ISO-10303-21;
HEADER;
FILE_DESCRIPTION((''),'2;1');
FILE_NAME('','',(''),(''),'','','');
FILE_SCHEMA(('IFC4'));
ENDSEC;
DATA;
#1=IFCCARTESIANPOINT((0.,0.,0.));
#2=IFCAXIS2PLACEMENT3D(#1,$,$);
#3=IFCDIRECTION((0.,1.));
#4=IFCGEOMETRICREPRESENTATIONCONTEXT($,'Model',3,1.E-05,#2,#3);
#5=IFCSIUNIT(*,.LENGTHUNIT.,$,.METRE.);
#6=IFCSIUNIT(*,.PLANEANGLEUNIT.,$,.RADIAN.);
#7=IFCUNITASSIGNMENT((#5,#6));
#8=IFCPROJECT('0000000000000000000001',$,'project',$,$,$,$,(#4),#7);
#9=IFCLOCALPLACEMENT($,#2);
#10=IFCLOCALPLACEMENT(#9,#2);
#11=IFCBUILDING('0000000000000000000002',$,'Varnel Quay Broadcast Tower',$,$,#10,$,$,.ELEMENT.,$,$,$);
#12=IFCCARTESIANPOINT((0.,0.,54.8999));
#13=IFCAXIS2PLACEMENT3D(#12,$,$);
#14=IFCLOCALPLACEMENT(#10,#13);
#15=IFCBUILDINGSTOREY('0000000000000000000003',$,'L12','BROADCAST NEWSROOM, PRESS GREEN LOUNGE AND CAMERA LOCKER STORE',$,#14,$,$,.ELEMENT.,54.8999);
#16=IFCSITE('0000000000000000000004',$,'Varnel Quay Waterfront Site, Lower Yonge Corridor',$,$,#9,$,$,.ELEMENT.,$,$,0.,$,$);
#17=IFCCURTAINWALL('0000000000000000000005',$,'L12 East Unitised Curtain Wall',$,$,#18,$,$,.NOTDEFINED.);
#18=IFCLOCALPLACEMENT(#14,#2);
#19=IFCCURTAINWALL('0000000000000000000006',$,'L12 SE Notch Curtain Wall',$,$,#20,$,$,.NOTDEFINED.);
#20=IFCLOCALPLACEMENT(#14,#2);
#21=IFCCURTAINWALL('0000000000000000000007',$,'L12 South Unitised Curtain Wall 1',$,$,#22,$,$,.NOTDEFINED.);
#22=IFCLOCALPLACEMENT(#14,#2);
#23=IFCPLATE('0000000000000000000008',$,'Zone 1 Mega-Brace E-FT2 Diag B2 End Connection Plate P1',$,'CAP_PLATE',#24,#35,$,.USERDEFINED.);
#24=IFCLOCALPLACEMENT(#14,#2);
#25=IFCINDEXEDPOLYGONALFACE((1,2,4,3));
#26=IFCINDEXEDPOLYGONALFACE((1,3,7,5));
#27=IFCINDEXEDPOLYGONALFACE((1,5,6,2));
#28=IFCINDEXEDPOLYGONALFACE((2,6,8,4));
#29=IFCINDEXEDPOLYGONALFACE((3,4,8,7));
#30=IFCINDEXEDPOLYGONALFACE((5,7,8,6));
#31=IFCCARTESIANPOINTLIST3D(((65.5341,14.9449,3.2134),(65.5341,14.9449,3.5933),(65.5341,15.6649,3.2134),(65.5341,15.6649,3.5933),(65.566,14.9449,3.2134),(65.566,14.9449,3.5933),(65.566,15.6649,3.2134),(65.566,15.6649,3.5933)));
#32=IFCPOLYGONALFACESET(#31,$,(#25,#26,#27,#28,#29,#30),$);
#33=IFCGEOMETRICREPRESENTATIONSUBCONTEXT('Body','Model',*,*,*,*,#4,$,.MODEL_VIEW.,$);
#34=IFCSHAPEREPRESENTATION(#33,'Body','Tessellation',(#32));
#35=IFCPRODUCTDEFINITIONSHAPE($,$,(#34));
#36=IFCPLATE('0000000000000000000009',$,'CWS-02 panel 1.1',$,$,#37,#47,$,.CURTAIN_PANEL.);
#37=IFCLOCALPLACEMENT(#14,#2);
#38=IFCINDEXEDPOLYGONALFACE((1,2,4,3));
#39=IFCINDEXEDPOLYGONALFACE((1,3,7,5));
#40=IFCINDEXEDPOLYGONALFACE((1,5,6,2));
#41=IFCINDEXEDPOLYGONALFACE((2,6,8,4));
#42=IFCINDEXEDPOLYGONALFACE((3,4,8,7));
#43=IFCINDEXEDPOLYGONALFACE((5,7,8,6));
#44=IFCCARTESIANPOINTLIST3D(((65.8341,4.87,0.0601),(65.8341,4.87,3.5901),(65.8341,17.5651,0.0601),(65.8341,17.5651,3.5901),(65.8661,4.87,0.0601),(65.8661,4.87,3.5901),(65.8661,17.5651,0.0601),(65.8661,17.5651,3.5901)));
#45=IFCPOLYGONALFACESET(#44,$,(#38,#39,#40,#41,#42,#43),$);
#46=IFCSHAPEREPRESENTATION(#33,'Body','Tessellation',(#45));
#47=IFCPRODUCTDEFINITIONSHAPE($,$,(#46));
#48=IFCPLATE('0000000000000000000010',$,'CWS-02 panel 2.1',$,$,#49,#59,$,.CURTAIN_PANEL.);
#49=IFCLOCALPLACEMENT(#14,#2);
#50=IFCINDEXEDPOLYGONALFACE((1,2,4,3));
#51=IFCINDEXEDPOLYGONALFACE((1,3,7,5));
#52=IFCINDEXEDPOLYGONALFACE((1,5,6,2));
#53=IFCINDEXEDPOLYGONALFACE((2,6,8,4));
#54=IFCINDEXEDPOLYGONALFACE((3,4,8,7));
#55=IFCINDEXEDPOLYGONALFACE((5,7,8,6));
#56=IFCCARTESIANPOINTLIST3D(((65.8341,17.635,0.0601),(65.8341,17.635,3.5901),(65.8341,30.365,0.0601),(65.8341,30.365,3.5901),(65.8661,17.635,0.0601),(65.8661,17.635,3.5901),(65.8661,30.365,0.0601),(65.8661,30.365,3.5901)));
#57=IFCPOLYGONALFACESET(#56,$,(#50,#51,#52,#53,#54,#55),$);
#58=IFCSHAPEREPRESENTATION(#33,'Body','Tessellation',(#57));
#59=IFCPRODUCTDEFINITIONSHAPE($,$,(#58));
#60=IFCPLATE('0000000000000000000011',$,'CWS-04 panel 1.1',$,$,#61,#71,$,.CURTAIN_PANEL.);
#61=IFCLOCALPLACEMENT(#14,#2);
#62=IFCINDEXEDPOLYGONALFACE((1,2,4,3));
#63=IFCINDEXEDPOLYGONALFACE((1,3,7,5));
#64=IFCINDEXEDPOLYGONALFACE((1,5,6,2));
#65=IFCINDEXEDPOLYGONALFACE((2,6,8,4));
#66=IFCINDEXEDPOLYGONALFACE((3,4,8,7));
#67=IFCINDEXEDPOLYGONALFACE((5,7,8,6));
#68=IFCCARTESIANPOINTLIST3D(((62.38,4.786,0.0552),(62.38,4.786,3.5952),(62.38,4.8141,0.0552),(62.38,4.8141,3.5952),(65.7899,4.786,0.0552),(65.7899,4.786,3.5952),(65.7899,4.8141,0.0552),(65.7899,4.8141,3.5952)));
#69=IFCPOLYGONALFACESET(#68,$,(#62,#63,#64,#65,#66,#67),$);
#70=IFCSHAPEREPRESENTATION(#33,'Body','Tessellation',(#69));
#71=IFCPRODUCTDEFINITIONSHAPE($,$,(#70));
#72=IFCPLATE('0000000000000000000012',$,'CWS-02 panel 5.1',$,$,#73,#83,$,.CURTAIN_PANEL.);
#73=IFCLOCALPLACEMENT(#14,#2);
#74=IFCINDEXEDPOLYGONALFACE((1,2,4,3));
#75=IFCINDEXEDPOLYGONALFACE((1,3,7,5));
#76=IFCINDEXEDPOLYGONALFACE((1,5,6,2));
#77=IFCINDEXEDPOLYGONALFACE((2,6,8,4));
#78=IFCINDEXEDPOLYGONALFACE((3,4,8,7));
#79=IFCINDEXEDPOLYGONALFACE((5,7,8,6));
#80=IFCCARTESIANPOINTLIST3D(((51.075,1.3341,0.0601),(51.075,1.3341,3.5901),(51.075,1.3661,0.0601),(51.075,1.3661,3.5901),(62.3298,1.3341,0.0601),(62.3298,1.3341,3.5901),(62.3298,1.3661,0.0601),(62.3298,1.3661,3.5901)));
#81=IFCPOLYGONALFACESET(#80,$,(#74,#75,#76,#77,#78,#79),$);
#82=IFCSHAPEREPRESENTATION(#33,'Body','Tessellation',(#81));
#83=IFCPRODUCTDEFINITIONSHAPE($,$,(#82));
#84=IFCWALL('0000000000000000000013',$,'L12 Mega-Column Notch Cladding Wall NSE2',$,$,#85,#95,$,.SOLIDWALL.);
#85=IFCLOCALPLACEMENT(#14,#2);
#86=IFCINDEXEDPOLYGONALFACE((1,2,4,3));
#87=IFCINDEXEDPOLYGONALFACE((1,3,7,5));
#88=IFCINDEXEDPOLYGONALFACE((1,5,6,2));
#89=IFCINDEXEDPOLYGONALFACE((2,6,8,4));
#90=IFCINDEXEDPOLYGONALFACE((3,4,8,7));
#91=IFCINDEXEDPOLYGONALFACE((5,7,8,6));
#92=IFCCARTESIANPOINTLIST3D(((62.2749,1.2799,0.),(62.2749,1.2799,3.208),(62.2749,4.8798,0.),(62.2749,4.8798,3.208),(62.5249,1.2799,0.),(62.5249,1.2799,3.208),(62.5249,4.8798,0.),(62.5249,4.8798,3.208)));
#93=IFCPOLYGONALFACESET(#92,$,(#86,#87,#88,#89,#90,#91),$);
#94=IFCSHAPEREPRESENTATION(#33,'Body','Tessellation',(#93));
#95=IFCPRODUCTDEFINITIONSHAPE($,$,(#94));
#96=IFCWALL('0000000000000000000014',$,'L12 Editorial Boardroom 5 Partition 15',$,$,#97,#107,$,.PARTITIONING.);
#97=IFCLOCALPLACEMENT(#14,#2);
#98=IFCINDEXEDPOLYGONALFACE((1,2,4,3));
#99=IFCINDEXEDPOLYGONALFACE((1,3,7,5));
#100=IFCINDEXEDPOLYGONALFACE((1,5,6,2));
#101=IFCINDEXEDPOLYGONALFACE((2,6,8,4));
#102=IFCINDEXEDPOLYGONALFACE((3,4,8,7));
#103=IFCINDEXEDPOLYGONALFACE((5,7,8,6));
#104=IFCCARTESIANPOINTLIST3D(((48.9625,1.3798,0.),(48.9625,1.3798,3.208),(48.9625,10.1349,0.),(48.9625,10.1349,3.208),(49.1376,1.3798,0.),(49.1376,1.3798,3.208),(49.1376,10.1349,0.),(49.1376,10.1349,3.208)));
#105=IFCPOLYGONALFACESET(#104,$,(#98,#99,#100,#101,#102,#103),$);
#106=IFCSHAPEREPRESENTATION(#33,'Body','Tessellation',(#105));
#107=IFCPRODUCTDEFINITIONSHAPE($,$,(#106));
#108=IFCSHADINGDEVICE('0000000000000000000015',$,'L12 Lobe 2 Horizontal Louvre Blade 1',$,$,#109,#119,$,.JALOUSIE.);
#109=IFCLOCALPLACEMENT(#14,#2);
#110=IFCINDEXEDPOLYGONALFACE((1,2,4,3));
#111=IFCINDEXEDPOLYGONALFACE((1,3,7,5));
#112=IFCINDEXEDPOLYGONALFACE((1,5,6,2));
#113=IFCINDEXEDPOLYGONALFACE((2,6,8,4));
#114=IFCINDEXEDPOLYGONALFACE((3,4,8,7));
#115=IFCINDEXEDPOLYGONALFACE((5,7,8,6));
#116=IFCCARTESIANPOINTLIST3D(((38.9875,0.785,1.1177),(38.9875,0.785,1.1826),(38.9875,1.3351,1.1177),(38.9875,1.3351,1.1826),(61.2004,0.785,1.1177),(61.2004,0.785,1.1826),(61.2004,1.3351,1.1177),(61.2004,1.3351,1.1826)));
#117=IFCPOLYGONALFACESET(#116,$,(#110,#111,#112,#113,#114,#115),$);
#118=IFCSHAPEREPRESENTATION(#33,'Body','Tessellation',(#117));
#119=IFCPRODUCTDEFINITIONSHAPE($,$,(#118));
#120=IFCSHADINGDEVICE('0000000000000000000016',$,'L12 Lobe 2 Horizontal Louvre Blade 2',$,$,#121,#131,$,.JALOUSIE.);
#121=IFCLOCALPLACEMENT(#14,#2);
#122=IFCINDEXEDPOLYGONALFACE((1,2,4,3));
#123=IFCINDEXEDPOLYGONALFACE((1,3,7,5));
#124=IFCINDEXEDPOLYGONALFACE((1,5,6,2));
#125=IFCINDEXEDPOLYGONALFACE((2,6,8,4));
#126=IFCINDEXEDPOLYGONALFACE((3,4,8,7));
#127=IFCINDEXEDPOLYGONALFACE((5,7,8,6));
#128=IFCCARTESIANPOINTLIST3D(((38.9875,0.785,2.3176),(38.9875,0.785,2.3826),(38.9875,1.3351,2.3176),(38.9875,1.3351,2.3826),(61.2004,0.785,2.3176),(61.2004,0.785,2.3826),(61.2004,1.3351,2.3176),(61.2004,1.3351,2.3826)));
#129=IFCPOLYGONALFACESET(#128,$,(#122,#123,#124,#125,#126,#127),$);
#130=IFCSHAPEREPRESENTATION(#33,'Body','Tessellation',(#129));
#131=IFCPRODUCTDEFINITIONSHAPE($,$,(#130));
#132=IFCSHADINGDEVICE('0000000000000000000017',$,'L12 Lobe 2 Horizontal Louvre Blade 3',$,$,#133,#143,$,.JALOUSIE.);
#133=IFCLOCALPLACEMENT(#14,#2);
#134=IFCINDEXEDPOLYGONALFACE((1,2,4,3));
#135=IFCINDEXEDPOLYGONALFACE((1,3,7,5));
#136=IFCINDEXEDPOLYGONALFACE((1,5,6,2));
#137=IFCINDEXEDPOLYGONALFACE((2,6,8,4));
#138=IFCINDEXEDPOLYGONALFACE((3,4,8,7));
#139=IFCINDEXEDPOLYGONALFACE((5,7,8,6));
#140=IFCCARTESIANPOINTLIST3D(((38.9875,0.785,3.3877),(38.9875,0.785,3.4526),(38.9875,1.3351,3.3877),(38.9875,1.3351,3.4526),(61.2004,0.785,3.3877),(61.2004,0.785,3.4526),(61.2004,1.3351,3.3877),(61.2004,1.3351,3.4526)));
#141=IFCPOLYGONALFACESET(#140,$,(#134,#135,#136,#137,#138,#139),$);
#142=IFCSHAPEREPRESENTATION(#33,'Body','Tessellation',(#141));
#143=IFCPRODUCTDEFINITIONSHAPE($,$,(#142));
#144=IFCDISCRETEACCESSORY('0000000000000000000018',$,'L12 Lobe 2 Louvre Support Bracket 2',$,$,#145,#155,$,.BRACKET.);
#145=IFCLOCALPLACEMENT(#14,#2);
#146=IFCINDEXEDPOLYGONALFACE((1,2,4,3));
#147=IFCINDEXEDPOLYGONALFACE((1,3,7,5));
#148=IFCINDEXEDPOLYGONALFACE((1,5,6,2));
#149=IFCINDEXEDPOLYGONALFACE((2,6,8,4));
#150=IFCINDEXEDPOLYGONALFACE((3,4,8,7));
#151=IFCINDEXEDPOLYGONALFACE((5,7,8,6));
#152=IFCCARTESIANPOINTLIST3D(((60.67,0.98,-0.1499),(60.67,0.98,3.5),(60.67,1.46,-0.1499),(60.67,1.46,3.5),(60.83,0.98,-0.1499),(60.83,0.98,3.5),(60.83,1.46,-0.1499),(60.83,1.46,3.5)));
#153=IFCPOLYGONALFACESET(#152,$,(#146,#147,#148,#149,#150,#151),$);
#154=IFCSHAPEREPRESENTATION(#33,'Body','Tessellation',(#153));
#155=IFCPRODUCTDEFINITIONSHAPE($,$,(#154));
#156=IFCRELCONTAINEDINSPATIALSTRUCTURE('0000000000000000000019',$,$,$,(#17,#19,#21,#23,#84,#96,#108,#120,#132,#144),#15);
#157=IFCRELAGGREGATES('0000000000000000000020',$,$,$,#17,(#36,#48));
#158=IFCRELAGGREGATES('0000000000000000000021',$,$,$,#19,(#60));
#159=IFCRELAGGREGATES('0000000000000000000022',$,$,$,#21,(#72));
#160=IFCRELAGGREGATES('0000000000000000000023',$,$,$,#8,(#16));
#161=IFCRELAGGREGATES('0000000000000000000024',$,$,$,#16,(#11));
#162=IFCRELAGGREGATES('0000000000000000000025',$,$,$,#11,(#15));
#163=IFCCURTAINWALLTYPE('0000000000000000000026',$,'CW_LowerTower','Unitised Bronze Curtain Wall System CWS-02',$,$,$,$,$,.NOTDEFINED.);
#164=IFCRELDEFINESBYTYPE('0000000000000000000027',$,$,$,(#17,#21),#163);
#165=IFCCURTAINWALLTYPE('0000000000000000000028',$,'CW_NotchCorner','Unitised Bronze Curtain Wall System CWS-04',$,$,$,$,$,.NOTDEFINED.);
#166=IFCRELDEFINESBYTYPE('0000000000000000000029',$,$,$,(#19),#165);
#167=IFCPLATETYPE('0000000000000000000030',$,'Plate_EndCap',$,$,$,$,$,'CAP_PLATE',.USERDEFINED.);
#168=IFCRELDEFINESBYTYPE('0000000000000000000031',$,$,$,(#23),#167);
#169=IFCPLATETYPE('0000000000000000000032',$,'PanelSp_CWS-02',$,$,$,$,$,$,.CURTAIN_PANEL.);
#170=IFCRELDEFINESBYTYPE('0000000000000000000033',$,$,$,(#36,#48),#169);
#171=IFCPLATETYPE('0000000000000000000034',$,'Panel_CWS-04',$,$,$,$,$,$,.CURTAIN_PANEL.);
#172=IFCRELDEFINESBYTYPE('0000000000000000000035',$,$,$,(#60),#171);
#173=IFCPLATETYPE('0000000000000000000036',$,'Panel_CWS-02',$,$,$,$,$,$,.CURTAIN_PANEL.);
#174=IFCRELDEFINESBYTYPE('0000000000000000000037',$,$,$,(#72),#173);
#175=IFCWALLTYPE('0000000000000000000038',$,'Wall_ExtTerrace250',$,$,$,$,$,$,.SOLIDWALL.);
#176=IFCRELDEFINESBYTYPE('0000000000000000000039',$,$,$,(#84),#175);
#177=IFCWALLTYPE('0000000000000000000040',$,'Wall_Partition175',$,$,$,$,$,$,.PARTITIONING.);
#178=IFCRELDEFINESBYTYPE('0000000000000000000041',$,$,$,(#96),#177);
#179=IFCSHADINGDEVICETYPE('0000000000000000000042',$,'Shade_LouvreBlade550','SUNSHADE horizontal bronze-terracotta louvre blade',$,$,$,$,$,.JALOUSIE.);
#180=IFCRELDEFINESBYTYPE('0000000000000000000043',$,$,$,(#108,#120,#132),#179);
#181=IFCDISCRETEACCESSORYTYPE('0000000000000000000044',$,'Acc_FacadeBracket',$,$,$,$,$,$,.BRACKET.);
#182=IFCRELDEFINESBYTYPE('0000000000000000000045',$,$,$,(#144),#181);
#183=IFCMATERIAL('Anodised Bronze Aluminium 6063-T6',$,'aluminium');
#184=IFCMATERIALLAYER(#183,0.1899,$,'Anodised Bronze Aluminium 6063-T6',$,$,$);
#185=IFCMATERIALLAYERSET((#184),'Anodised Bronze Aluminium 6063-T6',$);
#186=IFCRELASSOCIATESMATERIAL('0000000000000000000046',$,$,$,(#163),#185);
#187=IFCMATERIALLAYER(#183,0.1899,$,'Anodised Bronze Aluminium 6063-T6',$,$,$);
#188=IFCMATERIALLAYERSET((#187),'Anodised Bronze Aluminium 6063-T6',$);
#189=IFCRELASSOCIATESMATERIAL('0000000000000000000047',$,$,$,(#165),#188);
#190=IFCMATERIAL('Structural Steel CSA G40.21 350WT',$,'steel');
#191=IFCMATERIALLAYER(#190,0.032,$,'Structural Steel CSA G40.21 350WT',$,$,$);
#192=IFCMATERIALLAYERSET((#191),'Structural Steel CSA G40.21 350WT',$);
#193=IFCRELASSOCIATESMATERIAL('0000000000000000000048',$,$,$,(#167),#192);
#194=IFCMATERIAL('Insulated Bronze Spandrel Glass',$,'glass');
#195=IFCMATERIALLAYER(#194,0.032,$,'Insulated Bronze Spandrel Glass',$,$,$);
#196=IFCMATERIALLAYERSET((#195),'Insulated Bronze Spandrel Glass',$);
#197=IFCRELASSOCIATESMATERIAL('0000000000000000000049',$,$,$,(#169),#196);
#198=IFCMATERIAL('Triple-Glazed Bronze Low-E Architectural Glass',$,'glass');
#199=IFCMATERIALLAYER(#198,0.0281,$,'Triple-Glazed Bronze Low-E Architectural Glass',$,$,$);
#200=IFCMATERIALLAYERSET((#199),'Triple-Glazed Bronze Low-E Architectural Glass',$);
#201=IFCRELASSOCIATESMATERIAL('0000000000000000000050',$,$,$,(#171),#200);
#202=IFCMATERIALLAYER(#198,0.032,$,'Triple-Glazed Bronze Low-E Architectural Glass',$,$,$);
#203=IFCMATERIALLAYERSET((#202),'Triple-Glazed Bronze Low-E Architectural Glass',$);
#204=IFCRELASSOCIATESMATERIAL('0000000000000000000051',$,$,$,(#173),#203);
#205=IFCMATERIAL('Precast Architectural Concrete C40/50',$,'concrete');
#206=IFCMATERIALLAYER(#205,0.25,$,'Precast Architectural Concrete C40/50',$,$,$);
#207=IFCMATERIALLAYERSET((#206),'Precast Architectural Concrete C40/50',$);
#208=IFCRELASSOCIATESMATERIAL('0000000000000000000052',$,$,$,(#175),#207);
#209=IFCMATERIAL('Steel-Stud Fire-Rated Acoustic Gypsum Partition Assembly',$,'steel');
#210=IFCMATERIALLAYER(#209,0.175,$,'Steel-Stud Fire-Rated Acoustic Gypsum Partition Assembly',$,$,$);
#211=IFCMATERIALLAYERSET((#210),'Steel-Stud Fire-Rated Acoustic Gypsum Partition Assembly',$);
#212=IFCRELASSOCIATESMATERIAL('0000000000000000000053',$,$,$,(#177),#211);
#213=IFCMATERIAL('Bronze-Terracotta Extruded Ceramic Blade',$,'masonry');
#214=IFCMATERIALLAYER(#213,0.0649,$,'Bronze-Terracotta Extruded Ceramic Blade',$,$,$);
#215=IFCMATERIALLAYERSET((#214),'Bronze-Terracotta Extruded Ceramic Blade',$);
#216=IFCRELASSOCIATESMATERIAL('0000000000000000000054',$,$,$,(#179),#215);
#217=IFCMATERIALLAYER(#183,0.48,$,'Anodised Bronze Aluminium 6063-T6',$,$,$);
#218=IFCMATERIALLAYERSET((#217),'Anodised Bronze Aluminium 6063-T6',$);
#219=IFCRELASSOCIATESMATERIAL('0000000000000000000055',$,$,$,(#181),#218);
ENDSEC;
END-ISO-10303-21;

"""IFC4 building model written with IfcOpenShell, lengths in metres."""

from ifc_helpers import new_model, si_unit, direction, frame, frame_2d, origin, origin_2d, place, context, subcontext, project, spatial, rectangle, extrude, source, transform, mapped, material, layer, layer_set, type_object, type_shapes, element, aggregate, save


model = new_model("IFC4")

# Units and contexts
model_context = context("Model", 3, precision=1e-05, world=origin(), true_north=direction((0.0, 1.0)))
body_context = subcontext(model_context, "Body", "Model", "MODEL_VIEW")
ifc_project = project(units=[si_unit("LENGTHUNIT", "METRE"), si_unit("PLANEANGLEUNIT", "RADIAN")], contexts=[model_context])

# Site, building, storey
site_placement = place(None, origin())
site = spatial("IfcSite", under=ifc_project, at=site_placement, Name="Varnel Quay Waterfront Site, Lower Yonge Corridor", CompositionType="ELEMENT", RefElevation=0.0)
building_placement = place(site_placement, origin())
building = spatial("IfcBuilding", under=site, at=building_placement, Name="Varnel Quay Broadcast Tower", CompositionType="ELEMENT")
storey_placement = place(building_placement, frame((0.0, 0.0, 54.8999)))
storey = spatial("IfcBuildingStorey", under=building, at=storey_placement, Name="L12", Description="BROADCAST NEWSROOM, PRESS GREEN LOUNGE AND CAMERA LOCKER STORE", CompositionType="ELEMENT", Elevation=54.8999)

# Shared definitions
ifc_material_1 = material(Name="Structural Steel CSA G40.21 350WT", Category="steel")

# Curtain walls
ifc_material_2 = material(Name="Anodised Bronze Aluminium 6063-T6", Category="aluminium")
ifc_layer_1 = layer(ifc_material_2, 0.1899, Name="Anodised Bronze Aluminium 6063-T6")
ifc_layer_set_1 = layer_set([ifc_layer_1], Name="Anodised Bronze Aluminium 6063-T6")
curtain_wall_type_1 = type_object("IfcCurtainWallType", Name="CW_LowerTower", Description="Unitised Bronze Curtain Wall System CWS-02", PredefinedType="NOTDEFINED", material=ifc_layer_set_1)
curtain_wall_1_placement = place(storey_placement, origin())
curtain_wall_1 = element("IfcCurtainWall", 1, at=curtain_wall_1_placement, inside=storey, type_object=curtain_wall_type_1, Name="L12 East Unitised Curtain Wall", PredefinedType="NOTDEFINED")
ifc_layer_2 = layer(ifc_material_2, 0.1899, Name="Anodised Bronze Aluminium 6063-T6")
ifc_layer_set_2 = layer_set([ifc_layer_2], Name="Anodised Bronze Aluminium 6063-T6")
curtain_wall_type_2 = type_object("IfcCurtainWallType", Name="CW_NotchCorner", Description="Unitised Bronze Curtain Wall System CWS-04", PredefinedType="NOTDEFINED", material=ifc_layer_set_2)
curtain_wall_2_placement = place(storey_placement, origin())
curtain_wall_2 = element("IfcCurtainWall", 2, at=curtain_wall_2_placement, inside=storey, type_object=curtain_wall_type_2, Name="L12 SE Notch Curtain Wall", PredefinedType="NOTDEFINED")
curtain_wall_3_placement = place(storey_placement, origin())
curtain_wall_3 = element("IfcCurtainWall", 3, at=curtain_wall_3_placement, inside=storey, type_object=curtain_wall_type_1, Name="L12 South Unitised Curtain Wall 1", PredefinedType="NOTDEFINED")

# Plates
ifc_layer_3 = layer(ifc_material_1, 0.032, Name="Structural Steel CSA G40.21 350WT")
ifc_layer_set_3 = layer_set([ifc_layer_3], Name="Structural Steel CSA G40.21 350WT")
plate_type_1 = type_object("IfcPlateType", Name="Plate_EndCap", ElementType="CAP_PLATE", PredefinedType="USERDEFINED", material=ifc_layer_set_3)
shared_shape_1 = source(origin(), body_context, "Body", "SweptSolid", [
    extrude(rectangle(XDim=0.72, YDim=0.032, at=origin_2d()), origin(), (0.0, 0.0, 1.0), 0.3799),
])
type_shapes(plate_type_1, [shared_shape_1])
plate_1_placement = place(storey_placement, frame((65.55, 15.3049, 3.2134), z_axis=(0.0, 0.0, 1.0), x_axis=(0.0, 1.0, 0.0)))
element("IfcPlate", 4, at=plate_1_placement, inside=storey, type_object=plate_type_1, Name="Zone 1 Mega-Brace E-FT2 Diag B2 End Connection Plate P1", ObjectType="CAP_PLATE", PredefinedType="USERDEFINED", context=body_context, shape_type="MappedRepresentation", body=[
    mapped(shared_shape_1, transform((0.0, 0.0, 0.0), x_axis=(1.0, 0.0, 0.0), y_axis=(0.0, 1.0, 0.0), z_axis=(0.0, 0.0, 1.0), scale=1.0)),
])
ifc_material_3 = material(Name="Insulated Bronze Spandrel Glass", Category="glass")
ifc_layer_4 = layer(ifc_material_3, 0.032, Name="Insulated Bronze Spandrel Glass")
ifc_layer_set_4 = layer_set([ifc_layer_4], Name="Insulated Bronze Spandrel Glass")
plate_type_2 = type_object("IfcPlateType", Name="PanelSp_CWS-02", PredefinedType="CURTAIN_PANEL", material=ifc_layer_set_4)
shared_shape_2 = source(origin(), body_context, "Body", "SweptSolid", [
    extrude(rectangle(XDim=12.6951, YDim=0.032, at=origin_2d()), origin(), (0.0, 0.0, 1.0), 3.53),
])
plate_2_placement = place(storey_placement, frame((65.8501, 11.2175, 0.0601), z_axis=(0.0, 0.0, 1.0), x_axis=(0.0, 1.0, 0.0)))
plate_2 = element("IfcPlate", 5, at=plate_2_placement, type_object=plate_type_2, Name="CWS-02 panel 1.1", PredefinedType="CURTAIN_PANEL", context=body_context, shape_type="MappedRepresentation", body=[
    mapped(shared_shape_2, transform((0.0, 0.0, 0.0), x_axis=(1.0, 0.0, 0.0), y_axis=(0.0, 1.0, 0.0), z_axis=(0.0, 0.0, 1.0), scale=1.0)),
])
shared_shape_3 = source(origin(), body_context, "Body", "SweptSolid", [
    extrude(rectangle(XDim=12.73, YDim=0.032, at=origin_2d()), origin(), (0.0, 0.0, 1.0), 3.53),
])
type_shapes(plate_type_2, [shared_shape_2, shared_shape_3])
plate_3_placement = place(storey_placement, frame((65.8501, 24.0, 0.0601), z_axis=(0.0, 0.0, 1.0), x_axis=(0.0, 1.0, 0.0)))
plate_3 = element("IfcPlate", 6, at=plate_3_placement, type_object=plate_type_2, Name="CWS-02 panel 2.1", PredefinedType="CURTAIN_PANEL", context=body_context, shape_type="MappedRepresentation", body=[
    mapped(shared_shape_3, transform((0.0, 0.0, 0.0), x_axis=(1.0, 0.0, 0.0), y_axis=(0.0, 1.0, 0.0), z_axis=(0.0, 0.0, 1.0), scale=1.0)),
])
aggregate(curtain_wall_1, [plate_2, plate_3])
ifc_material_4 = material(Name="Triple-Glazed Bronze Low-E Architectural Glass", Category="glass")
ifc_layer_5 = layer(ifc_material_4, 0.0281, Name="Triple-Glazed Bronze Low-E Architectural Glass")
ifc_layer_set_5 = layer_set([ifc_layer_5], Name="Triple-Glazed Bronze Low-E Architectural Glass")
plate_type_3 = type_object("IfcPlateType", Name="Panel_CWS-04", PredefinedType="CURTAIN_PANEL", material=ifc_layer_set_5)
shared_shape_4 = source(origin(), body_context, "Body", "SweptSolid", [
    extrude(rectangle(XDim=3.4099, YDim=0.0281, at=origin_2d()), origin(), (0.0, 0.0, 1.0), 3.54),
])
type_shapes(plate_type_3, [shared_shape_4])
plate_4_placement = place(storey_placement, frame((64.085, 4.8, 0.0552), z_axis=(0.0, 0.0, 1.0), x_axis=(1.0, 0.0, 0.0)))
plate_4 = element("IfcPlate", 7, at=plate_4_placement, type_object=plate_type_3, Name="CWS-04 panel 1.1", PredefinedType="CURTAIN_PANEL", context=body_context, shape_type="MappedRepresentation", body=[
    mapped(shared_shape_4, transform((0.0, 0.0, 0.0), x_axis=(1.0, 0.0, 0.0), y_axis=(0.0, 1.0, 0.0), z_axis=(0.0, 0.0, 1.0), scale=1.0)),
])
aggregate(curtain_wall_2, [plate_4])
ifc_layer_6 = layer(ifc_material_4, 0.032, Name="Triple-Glazed Bronze Low-E Architectural Glass")
ifc_layer_set_6 = layer_set([ifc_layer_6], Name="Triple-Glazed Bronze Low-E Architectural Glass")
plate_type_4 = type_object("IfcPlateType", Name="Panel_CWS-02", PredefinedType="CURTAIN_PANEL", material=ifc_layer_set_6)
shared_shape_5 = source(origin(), body_context, "Body", "SweptSolid", [
    extrude(rectangle(XDim=11.2549, YDim=0.032, at=origin_2d()), origin(), (0.0, 0.0, 1.0), 3.53),
])
type_shapes(plate_type_4, [shared_shape_5])
plate_5_placement = place(storey_placement, frame((56.7024, 1.3501, 0.0601), z_axis=(0.0, 0.0, 1.0), x_axis=(1.0, 0.0, 0.0)))
plate_5 = element("IfcPlate", 8, at=plate_5_placement, type_object=plate_type_4, Name="CWS-02 panel 5.1", PredefinedType="CURTAIN_PANEL", context=body_context, shape_type="MappedRepresentation", body=[
    mapped(shared_shape_5, transform((0.0, 0.0, 0.0), x_axis=(1.0, 0.0, 0.0), y_axis=(0.0, 1.0, 0.0), z_axis=(0.0, 0.0, 1.0), scale=1.0)),
])
aggregate(curtain_wall_3, [plate_5])

# Walls
ifc_material_5 = material(Name="Precast Architectural Concrete C40/50", Category="concrete")
ifc_layer_7 = layer(ifc_material_5, 0.25, Name="Precast Architectural Concrete C40/50")
ifc_layer_set_7 = layer_set([ifc_layer_7], Name="Precast Architectural Concrete C40/50")
wall_type_1 = type_object("IfcWallType", Name="Wall_ExtTerrace250", PredefinedType="SOLIDWALL", material=ifc_layer_set_7)
wall_1_placement = place(storey_placement, frame((62.3999, 1.28, 0.0), z_axis=(0.0, 0.0, 1.0), x_axis=(0.0, 1.0, 0.0)))
element("IfcWall", 9, at=wall_1_placement, inside=storey, type_object=wall_type_1, Name="L12 Mega-Column Notch Cladding Wall NSE2", PredefinedType="SOLIDWALL", context=body_context, shape_type="SweptSolid", body=[
    extrude(rectangle(XDim=3.5999, YDim=0.25, at=frame_2d((1.7998, 0.0))), origin(), (0.0, 0.0, 1.0), 3.208),
])
ifc_material_6 = material(Name="Steel-Stud Fire-Rated Acoustic Gypsum Partition Assembly", Category="steel")
ifc_layer_8 = layer(ifc_material_6, 0.175, Name="Steel-Stud Fire-Rated Acoustic Gypsum Partition Assembly")
ifc_layer_set_8 = layer_set([ifc_layer_8], Name="Steel-Stud Fire-Rated Acoustic Gypsum Partition Assembly")
wall_type_2 = type_object("IfcWallType", Name="Wall_Partition175", PredefinedType="PARTITIONING", material=ifc_layer_set_8)
wall_2_placement = place(storey_placement, frame((49.05, 1.3799, 0.0), z_axis=(0.0, 0.0, 1.0), x_axis=(0.0, 1.0, 0.0)))
element("IfcWall", 10, at=wall_2_placement, inside=storey, type_object=wall_type_2, Name="L12 Editorial Boardroom 5 Partition 15", PredefinedType="PARTITIONING", context=body_context, shape_type="SweptSolid", body=[
    extrude(rectangle(XDim=8.7551, YDim=0.175, at=frame_2d((4.3774, 0.0))), origin(), (0.0, 0.0, 1.0), 3.208),
])

# Shading devices
ifc_material_7 = material(Name="Bronze-Terracotta Extruded Ceramic Blade", Category="masonry")
ifc_layer_9 = layer(ifc_material_7, 0.0649, Name="Bronze-Terracotta Extruded Ceramic Blade")
ifc_layer_set_9 = layer_set([ifc_layer_9], Name="Bronze-Terracotta Extruded Ceramic Blade")
shading_device_type = type_object("IfcShadingDeviceType", Name="Shade_LouvreBlade550", Description="SUNSHADE horizontal bronze-terracotta louvre blade", PredefinedType="JALOUSIE", material=ifc_layer_set_9)
shared_shape_6 = source(origin(), body_context, "Body", "SweptSolid", [
    extrude(rectangle(XDim=22.2129, YDim=0.55, at=origin_2d()), origin(), (0.0, 0.0, 1.0), 0.0649),
])
type_shapes(shading_device_type, [shared_shape_6])
for number, where, z_axis, x_axis, name in (
    (11, (50.094, 1.0601, 1.1177), (0.0, 0.0, 1.0), (1.0, 0.0, 0.0), "L12 Lobe 2 Horizontal Louvre Blade 1"),
    (12, (50.094, 1.0601, 2.3176), (0.0, 0.0, 1.0), (1.0, 0.0, 0.0), "L12 Lobe 2 Horizontal Louvre Blade 2"),
    (13, (50.094, 1.0601, 3.3877), (0.0, 0.0, 1.0), (1.0, 0.0, 0.0), "L12 Lobe 2 Horizontal Louvre Blade 3"),
):
    element("IfcShadingDevice", number, at=place(storey_placement, frame(where, z_axis=z_axis, x_axis=x_axis)), inside=storey, type_object=shading_device_type, Name=name, PredefinedType="JALOUSIE", context=body_context, shape_type="MappedRepresentation", body=[
        mapped(shared_shape_6, transform((0.0, 0.0, 0.0), x_axis=(1.0, 0.0, 0.0), y_axis=(0.0, 1.0, 0.0), z_axis=(0.0, 0.0, 1.0), scale=1.0)),
    ])

# Discrete accessory
ifc_layer_10 = layer(ifc_material_2, 0.48, Name="Anodised Bronze Aluminium 6063-T6")
ifc_layer_set_10 = layer_set([ifc_layer_10], Name="Anodised Bronze Aluminium 6063-T6")
discrete_accessory_type = type_object("IfcDiscreteAccessoryType", Name="Acc_FacadeBracket", PredefinedType="BRACKET", material=ifc_layer_set_10)
shared_shape_7 = source(origin(), body_context, "Body", "SweptSolid", [
    extrude(rectangle(XDim=0.1599, YDim=0.48, at=origin_2d()), origin(), (0.0, 0.0, 1.0), 3.6499),
])
type_shapes(discrete_accessory_type, [shared_shape_7])
discrete_accessory_placement = place(storey_placement, frame((60.75, 1.22, -0.1499), z_axis=(0.0, 0.0, 1.0), x_axis=(1.0, 0.0, 0.0)))
element("IfcDiscreteAccessory", 14, at=discrete_accessory_placement, inside=storey, type_object=discrete_accessory_type, Name="L12 Lobe 2 Louvre Support Bracket 2", PredefinedType="BRACKET", context=body_context, shape_type="MappedRepresentation", body=[
    mapped(shared_shape_7, transform((0.0, 0.0, 0.0), x_axis=(1.0, 0.0, 0.0), y_axis=(0.0, 1.0, 0.0), z_axis=(0.0, 0.0, 1.0), scale=1.0)),
])

save(model, "model.ifc")
